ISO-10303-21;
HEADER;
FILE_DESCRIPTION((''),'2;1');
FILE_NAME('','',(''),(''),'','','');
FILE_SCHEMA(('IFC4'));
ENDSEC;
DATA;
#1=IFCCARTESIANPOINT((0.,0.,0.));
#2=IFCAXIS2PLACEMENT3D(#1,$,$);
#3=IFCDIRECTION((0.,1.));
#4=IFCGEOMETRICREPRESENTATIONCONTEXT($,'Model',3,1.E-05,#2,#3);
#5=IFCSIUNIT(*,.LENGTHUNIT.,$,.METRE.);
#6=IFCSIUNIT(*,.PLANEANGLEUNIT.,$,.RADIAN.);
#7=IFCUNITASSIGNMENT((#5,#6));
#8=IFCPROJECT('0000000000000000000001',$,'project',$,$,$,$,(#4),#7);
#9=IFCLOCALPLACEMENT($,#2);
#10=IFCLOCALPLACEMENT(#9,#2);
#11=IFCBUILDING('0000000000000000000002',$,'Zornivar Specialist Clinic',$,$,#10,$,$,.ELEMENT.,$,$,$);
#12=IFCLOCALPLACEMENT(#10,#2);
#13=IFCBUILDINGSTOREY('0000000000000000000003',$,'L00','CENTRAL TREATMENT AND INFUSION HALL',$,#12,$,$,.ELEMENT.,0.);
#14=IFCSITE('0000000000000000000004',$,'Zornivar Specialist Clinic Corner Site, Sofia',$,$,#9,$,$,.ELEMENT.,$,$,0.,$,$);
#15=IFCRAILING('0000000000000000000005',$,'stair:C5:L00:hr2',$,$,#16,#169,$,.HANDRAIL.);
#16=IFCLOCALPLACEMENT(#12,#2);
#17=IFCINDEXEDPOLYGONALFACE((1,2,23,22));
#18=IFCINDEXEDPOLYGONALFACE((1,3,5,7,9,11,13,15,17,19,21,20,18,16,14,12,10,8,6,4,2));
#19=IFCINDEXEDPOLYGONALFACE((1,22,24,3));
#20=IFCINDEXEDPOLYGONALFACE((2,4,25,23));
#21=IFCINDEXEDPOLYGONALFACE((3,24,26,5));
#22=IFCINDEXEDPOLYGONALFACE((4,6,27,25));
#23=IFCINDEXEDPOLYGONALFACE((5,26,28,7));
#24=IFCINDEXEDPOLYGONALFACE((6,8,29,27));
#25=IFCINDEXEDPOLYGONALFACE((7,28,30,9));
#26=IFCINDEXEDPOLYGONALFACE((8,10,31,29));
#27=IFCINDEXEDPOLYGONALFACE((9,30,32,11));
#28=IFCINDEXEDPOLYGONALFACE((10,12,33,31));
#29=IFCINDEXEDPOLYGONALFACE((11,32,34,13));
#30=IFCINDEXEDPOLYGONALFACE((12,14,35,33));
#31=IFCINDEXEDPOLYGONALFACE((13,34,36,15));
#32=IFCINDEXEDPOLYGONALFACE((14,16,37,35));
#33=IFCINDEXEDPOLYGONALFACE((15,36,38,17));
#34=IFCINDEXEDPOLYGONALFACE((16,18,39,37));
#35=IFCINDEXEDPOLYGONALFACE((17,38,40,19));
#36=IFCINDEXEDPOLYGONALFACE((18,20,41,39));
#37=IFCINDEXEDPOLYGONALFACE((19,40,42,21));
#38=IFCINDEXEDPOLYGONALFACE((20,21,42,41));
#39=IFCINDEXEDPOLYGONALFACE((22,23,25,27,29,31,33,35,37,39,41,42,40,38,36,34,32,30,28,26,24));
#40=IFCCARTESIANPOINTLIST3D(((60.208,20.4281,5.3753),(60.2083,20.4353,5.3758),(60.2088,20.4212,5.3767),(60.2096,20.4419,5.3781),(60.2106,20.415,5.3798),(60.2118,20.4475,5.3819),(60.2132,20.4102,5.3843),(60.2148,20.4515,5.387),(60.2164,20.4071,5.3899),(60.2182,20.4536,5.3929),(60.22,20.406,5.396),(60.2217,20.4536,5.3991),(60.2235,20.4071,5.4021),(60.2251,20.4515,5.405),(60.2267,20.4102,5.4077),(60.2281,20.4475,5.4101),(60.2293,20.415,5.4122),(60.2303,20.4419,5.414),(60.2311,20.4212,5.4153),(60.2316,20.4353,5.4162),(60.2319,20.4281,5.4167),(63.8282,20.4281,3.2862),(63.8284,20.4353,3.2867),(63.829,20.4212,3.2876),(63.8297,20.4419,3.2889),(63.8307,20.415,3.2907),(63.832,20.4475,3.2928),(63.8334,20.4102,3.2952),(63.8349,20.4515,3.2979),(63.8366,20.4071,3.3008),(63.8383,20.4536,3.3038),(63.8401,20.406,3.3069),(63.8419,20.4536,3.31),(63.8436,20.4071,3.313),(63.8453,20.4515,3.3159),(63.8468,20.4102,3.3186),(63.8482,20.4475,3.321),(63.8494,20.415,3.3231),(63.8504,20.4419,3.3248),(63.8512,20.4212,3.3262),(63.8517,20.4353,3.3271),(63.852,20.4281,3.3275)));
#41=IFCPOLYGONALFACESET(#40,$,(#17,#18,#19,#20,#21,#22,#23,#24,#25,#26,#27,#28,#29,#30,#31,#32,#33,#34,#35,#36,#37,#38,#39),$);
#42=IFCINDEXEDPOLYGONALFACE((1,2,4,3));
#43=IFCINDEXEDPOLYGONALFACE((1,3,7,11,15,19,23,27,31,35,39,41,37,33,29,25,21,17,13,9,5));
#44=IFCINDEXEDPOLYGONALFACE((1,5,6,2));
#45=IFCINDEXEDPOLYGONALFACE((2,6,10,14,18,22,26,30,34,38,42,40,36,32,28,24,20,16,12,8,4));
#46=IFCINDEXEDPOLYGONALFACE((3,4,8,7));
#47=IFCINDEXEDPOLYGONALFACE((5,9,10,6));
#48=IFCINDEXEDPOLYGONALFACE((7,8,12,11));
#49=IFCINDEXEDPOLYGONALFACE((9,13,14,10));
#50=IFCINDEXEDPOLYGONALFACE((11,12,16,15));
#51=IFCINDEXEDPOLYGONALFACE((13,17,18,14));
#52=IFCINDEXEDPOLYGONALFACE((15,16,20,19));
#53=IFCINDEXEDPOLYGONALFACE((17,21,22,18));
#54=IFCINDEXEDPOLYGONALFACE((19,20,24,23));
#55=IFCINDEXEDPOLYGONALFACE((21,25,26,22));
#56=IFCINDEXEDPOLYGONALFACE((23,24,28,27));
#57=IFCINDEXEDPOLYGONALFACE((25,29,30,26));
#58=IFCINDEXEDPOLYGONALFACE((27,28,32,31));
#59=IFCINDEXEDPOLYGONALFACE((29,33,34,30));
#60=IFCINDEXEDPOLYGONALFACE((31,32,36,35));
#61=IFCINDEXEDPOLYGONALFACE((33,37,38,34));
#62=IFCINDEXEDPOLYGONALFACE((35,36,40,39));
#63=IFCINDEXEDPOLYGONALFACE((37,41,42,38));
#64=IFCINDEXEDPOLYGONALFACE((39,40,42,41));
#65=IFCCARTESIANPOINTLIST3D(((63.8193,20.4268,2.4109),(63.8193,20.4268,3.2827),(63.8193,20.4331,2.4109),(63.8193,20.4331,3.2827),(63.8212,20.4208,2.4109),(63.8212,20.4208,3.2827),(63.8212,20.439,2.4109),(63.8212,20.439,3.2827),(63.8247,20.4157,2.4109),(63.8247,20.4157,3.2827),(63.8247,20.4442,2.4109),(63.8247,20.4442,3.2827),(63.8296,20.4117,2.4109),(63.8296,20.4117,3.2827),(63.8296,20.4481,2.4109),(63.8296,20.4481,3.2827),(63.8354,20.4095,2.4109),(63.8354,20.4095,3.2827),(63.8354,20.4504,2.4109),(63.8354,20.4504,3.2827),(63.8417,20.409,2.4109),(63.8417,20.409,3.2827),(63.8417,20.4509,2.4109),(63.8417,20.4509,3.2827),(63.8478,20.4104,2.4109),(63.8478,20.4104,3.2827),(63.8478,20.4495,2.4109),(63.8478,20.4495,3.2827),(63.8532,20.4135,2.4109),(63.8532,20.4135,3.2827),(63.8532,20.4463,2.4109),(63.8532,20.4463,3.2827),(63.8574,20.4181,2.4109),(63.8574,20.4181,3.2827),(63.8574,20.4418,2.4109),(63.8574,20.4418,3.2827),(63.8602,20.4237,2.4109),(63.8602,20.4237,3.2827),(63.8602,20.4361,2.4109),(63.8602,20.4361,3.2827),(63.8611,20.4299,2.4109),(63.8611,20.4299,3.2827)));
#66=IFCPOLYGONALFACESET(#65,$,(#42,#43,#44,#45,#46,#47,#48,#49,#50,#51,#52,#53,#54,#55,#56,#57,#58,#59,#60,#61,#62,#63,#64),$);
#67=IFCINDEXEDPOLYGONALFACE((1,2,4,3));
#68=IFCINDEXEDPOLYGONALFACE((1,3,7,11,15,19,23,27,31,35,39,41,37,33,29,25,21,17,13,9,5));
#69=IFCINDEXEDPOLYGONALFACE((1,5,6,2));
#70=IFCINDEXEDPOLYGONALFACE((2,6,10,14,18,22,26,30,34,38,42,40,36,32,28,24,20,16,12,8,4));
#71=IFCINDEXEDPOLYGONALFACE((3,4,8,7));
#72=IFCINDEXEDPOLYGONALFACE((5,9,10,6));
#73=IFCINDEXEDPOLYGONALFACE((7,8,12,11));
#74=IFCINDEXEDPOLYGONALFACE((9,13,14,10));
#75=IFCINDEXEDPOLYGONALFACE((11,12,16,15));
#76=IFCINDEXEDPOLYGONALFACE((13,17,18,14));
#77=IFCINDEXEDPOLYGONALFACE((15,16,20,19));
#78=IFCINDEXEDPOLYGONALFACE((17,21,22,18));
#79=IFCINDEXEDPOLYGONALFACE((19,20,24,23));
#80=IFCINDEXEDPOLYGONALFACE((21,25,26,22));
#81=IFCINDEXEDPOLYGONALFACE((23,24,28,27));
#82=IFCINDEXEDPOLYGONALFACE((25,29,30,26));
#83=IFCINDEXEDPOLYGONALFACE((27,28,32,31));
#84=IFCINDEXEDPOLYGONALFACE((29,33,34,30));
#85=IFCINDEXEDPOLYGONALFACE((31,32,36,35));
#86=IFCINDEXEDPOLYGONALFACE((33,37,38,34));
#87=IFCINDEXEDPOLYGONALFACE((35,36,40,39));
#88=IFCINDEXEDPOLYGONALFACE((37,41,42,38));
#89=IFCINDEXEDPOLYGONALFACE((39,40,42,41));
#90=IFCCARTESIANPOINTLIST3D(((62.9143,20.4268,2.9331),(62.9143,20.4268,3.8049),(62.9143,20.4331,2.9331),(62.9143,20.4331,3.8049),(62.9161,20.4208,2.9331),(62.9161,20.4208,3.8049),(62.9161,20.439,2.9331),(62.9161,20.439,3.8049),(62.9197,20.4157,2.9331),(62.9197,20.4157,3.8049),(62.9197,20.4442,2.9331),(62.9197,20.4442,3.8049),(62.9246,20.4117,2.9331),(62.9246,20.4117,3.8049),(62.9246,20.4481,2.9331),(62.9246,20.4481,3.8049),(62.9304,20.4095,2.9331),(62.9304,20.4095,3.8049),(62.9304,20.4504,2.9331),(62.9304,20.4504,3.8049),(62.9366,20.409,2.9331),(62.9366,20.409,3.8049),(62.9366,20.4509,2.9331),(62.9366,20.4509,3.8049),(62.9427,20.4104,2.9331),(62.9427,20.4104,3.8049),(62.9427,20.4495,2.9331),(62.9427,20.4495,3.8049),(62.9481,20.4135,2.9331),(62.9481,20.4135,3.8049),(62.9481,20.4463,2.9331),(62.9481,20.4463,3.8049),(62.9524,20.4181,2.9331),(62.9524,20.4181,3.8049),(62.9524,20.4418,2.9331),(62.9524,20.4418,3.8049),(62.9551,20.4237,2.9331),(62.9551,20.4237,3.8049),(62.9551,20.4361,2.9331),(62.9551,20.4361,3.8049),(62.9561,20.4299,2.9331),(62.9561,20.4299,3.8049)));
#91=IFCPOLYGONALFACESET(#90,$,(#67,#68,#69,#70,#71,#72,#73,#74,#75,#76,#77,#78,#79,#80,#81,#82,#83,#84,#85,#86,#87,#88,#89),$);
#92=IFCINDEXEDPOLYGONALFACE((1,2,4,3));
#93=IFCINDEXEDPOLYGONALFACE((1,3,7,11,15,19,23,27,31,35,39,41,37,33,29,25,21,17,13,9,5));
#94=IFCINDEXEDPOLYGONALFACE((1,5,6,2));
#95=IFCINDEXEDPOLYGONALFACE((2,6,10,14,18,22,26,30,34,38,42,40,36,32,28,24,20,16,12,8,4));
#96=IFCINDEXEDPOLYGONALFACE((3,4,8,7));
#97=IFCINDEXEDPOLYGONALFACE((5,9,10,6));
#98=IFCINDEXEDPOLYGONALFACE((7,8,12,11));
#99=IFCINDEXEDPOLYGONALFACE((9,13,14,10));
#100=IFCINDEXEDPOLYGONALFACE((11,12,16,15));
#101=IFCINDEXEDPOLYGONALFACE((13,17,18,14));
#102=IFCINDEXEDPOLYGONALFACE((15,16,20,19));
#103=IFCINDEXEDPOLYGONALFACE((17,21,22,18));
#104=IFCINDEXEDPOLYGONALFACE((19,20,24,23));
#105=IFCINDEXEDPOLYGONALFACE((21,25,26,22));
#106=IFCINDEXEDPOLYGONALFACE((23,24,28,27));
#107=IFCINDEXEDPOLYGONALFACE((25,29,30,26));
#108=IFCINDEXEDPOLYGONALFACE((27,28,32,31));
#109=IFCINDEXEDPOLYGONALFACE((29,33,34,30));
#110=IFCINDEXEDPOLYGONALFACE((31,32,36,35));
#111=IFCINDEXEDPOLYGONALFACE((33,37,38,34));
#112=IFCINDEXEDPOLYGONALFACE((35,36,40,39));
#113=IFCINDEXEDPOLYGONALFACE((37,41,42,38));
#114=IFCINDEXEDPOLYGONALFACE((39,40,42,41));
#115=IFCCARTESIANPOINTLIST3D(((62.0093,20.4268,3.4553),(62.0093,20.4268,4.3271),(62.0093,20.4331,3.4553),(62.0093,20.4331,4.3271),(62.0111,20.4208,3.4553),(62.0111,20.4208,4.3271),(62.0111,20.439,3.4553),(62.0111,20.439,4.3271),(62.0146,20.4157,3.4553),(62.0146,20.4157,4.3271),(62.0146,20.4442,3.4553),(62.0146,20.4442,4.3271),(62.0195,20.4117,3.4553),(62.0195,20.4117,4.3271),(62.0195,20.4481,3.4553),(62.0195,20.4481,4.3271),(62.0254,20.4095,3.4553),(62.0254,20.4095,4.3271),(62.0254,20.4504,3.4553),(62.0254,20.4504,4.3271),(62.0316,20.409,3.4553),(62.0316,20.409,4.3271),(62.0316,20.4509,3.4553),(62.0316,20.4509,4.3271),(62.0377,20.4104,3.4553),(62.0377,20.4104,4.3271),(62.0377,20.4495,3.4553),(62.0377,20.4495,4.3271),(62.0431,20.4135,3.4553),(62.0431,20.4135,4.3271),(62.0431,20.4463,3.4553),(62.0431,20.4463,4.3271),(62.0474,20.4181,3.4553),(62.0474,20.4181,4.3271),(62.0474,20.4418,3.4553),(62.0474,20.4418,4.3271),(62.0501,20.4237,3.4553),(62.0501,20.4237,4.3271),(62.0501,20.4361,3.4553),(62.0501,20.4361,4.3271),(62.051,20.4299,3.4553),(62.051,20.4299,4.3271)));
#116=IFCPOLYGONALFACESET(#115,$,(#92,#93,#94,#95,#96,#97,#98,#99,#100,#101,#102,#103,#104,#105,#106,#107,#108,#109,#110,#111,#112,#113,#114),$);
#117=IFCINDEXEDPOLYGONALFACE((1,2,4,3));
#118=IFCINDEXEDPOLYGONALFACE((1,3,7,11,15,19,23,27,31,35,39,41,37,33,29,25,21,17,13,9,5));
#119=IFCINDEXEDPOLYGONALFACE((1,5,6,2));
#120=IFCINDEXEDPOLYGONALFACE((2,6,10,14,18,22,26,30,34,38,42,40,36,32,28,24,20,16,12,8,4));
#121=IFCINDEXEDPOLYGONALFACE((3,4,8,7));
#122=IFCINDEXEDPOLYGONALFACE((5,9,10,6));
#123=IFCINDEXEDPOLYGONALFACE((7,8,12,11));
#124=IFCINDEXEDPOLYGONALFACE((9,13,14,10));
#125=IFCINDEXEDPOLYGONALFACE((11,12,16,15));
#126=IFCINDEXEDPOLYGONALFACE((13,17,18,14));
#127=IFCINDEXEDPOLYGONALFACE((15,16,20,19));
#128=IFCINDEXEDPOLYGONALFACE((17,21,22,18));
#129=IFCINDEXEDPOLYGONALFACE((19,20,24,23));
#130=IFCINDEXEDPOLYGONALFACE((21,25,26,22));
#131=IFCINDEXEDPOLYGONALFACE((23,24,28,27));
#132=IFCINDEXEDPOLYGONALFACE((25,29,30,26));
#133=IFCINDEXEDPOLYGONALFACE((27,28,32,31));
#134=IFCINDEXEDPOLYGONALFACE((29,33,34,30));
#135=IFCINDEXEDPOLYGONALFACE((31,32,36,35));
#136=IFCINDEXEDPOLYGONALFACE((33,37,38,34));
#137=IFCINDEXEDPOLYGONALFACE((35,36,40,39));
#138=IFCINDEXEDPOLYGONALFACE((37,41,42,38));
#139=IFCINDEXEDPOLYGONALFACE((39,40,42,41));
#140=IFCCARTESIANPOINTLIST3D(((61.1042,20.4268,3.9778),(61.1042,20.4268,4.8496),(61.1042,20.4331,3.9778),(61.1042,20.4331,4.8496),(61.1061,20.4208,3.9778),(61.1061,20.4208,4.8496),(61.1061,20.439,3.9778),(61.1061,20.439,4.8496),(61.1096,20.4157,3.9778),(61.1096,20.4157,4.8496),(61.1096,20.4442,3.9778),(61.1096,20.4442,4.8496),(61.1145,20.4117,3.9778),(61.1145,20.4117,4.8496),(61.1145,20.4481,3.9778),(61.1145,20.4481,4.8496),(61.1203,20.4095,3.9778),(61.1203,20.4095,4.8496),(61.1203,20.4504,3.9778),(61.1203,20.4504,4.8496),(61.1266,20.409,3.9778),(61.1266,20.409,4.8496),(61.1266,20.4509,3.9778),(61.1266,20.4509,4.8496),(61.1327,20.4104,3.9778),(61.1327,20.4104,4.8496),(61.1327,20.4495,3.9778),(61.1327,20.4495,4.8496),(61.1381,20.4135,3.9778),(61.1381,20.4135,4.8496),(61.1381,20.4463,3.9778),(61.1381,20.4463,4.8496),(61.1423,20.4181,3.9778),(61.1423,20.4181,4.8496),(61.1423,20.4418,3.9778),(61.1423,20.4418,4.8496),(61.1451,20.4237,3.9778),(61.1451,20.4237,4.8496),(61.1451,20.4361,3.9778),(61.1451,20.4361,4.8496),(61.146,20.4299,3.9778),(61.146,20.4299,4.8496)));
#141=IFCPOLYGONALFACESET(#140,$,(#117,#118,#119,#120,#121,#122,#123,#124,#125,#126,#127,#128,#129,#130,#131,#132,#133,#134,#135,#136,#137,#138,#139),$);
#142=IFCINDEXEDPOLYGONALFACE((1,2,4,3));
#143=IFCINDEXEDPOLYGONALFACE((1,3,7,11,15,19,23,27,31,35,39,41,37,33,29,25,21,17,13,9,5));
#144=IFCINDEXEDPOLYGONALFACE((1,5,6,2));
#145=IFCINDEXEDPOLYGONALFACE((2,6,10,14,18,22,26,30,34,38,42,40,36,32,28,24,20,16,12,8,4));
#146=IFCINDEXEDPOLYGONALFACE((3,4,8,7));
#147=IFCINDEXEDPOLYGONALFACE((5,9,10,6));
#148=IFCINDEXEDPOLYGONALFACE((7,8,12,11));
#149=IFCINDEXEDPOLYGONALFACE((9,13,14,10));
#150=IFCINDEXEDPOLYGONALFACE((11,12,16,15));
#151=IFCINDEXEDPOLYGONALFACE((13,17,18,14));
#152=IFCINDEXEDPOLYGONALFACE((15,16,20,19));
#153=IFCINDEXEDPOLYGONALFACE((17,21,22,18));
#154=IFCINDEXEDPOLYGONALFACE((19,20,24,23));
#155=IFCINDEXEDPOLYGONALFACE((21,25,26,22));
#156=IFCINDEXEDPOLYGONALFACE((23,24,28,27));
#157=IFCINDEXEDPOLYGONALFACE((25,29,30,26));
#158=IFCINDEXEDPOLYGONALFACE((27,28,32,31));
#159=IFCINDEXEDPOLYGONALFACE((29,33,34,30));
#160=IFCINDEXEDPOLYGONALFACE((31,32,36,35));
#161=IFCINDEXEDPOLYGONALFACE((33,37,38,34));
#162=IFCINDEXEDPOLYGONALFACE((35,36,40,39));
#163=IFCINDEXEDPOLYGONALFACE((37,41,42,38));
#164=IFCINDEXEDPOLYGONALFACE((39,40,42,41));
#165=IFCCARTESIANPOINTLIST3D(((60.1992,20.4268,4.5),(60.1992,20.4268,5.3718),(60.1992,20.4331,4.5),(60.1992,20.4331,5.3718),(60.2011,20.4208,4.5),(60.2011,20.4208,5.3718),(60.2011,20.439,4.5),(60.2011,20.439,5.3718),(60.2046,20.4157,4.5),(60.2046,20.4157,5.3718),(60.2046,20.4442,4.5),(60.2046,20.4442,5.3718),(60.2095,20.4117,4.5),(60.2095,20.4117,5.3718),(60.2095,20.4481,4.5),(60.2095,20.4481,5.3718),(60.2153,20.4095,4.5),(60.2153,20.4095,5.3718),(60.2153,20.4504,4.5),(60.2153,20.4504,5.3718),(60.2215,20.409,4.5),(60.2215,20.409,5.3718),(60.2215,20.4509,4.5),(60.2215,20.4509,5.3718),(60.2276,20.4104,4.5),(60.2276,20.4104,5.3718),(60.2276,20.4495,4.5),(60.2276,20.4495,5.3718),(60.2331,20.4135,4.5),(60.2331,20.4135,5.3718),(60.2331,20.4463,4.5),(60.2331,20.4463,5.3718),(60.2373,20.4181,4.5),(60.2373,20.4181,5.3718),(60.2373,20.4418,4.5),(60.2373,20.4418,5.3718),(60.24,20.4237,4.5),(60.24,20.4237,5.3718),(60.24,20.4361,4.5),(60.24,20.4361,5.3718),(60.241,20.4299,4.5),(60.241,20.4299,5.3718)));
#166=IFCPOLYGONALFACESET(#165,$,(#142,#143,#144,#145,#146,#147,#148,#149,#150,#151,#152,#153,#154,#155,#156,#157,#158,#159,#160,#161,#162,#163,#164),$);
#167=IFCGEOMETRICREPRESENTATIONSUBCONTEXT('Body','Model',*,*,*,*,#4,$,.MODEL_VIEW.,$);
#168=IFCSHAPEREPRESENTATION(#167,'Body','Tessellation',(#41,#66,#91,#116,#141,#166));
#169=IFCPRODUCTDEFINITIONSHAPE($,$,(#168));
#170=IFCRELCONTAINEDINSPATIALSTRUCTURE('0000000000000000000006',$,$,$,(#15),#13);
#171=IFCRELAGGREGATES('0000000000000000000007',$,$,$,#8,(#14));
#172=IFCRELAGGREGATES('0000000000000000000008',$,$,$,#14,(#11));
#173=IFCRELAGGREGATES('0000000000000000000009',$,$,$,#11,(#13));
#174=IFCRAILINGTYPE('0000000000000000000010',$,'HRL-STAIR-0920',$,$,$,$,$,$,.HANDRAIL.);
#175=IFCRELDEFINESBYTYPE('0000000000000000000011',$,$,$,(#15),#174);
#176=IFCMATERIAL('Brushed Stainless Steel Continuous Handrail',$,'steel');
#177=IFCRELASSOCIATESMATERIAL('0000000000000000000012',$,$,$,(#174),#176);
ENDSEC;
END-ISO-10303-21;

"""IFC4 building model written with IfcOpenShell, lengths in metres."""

from ifc_helpers import new_model, si_unit, direction, frame, origin, origin_2d, place, context, subcontext, project, spatial, circle, extrude, material, type_object, element, save


model = new_model("IFC4")

# Units and contexts
model_context = context("Model", 3, precision=1e-05, world=origin(), true_north=direction((0.0, 1.0)))
body_context = subcontext(model_context, "Body", "Model", "MODEL_VIEW")
ifc_project = project(units=[si_unit("LENGTHUNIT", "METRE"), si_unit("PLANEANGLEUNIT", "RADIAN")], contexts=[model_context])

# Site, building, storey
site_placement = place(None, origin())
site = spatial("IfcSite", under=ifc_project, at=site_placement, Name="Zornivar Specialist Clinic Corner Site, Sofia", CompositionType="ELEMENT", RefElevation=0.0)
building_placement = place(site_placement, origin())
building = spatial("IfcBuilding", under=site, at=building_placement, Name="Zornivar Specialist Clinic", CompositionType="ELEMENT")
storey_placement = place(building_placement, origin())
storey = spatial("IfcBuildingStorey", under=building, at=storey_placement, Name="L00", Description="CENTRAL TREATMENT AND INFUSION HALL", CompositionType="ELEMENT", Elevation=0.0)

# Railing
ifc_material_1 = material(Name="Brushed Stainless Steel Continuous Handrail", Category="steel")
railing_type_1 = type_object("IfcRailingType", Name="HRL-STAIR-0920", PredefinedType="HANDRAIL", material=ifc_material_1)
railing_1_placement = place(storey_placement, frame((63.8401, 20.4299, 2.4109)))
element("IfcRailing", 1, at=railing_1_placement, inside=storey, type_object=railing_type_1, Name="stair:C5:L00:hr2", PredefinedType="HANDRAIL", context=body_context, shape_type="SweptSolid", body=[
    extrude(circle(Radius=0.0239, at=origin_2d()), frame((0.0, 0.0, 0.896), z_axis=(-0.866125, 0.0, 0.499827), x_axis=(0.0, -1.0, 0.0)), (0.0, 0.0, 1.0), 4.1797),
    extrude(circle(Radius=0.021, at=origin_2d()), origin(), (0.0, 0.0, 1.0), 0.8718),
    extrude(circle(Radius=0.021, at=origin_2d()), frame((-0.905, 0.0, 0.5222)), (0.0, 0.0, 1.0), 0.8718),
    extrude(circle(Radius=0.021, at=origin_2d()), frame((-1.8101, 0.0, 1.0444)), (0.0, 0.0, 1.0), 0.8718),
    extrude(circle(Radius=0.021, at=origin_2d()), frame((-2.7151, 0.0, 1.5669)), (0.0, 0.0, 1.0), 0.8718),
    extrude(circle(Radius=0.021, at=origin_2d()), frame((-3.6201, 0.0, 2.0891)), (0.0, 0.0, 1.0), 0.8718),
])

save(model, "model.ifc")
